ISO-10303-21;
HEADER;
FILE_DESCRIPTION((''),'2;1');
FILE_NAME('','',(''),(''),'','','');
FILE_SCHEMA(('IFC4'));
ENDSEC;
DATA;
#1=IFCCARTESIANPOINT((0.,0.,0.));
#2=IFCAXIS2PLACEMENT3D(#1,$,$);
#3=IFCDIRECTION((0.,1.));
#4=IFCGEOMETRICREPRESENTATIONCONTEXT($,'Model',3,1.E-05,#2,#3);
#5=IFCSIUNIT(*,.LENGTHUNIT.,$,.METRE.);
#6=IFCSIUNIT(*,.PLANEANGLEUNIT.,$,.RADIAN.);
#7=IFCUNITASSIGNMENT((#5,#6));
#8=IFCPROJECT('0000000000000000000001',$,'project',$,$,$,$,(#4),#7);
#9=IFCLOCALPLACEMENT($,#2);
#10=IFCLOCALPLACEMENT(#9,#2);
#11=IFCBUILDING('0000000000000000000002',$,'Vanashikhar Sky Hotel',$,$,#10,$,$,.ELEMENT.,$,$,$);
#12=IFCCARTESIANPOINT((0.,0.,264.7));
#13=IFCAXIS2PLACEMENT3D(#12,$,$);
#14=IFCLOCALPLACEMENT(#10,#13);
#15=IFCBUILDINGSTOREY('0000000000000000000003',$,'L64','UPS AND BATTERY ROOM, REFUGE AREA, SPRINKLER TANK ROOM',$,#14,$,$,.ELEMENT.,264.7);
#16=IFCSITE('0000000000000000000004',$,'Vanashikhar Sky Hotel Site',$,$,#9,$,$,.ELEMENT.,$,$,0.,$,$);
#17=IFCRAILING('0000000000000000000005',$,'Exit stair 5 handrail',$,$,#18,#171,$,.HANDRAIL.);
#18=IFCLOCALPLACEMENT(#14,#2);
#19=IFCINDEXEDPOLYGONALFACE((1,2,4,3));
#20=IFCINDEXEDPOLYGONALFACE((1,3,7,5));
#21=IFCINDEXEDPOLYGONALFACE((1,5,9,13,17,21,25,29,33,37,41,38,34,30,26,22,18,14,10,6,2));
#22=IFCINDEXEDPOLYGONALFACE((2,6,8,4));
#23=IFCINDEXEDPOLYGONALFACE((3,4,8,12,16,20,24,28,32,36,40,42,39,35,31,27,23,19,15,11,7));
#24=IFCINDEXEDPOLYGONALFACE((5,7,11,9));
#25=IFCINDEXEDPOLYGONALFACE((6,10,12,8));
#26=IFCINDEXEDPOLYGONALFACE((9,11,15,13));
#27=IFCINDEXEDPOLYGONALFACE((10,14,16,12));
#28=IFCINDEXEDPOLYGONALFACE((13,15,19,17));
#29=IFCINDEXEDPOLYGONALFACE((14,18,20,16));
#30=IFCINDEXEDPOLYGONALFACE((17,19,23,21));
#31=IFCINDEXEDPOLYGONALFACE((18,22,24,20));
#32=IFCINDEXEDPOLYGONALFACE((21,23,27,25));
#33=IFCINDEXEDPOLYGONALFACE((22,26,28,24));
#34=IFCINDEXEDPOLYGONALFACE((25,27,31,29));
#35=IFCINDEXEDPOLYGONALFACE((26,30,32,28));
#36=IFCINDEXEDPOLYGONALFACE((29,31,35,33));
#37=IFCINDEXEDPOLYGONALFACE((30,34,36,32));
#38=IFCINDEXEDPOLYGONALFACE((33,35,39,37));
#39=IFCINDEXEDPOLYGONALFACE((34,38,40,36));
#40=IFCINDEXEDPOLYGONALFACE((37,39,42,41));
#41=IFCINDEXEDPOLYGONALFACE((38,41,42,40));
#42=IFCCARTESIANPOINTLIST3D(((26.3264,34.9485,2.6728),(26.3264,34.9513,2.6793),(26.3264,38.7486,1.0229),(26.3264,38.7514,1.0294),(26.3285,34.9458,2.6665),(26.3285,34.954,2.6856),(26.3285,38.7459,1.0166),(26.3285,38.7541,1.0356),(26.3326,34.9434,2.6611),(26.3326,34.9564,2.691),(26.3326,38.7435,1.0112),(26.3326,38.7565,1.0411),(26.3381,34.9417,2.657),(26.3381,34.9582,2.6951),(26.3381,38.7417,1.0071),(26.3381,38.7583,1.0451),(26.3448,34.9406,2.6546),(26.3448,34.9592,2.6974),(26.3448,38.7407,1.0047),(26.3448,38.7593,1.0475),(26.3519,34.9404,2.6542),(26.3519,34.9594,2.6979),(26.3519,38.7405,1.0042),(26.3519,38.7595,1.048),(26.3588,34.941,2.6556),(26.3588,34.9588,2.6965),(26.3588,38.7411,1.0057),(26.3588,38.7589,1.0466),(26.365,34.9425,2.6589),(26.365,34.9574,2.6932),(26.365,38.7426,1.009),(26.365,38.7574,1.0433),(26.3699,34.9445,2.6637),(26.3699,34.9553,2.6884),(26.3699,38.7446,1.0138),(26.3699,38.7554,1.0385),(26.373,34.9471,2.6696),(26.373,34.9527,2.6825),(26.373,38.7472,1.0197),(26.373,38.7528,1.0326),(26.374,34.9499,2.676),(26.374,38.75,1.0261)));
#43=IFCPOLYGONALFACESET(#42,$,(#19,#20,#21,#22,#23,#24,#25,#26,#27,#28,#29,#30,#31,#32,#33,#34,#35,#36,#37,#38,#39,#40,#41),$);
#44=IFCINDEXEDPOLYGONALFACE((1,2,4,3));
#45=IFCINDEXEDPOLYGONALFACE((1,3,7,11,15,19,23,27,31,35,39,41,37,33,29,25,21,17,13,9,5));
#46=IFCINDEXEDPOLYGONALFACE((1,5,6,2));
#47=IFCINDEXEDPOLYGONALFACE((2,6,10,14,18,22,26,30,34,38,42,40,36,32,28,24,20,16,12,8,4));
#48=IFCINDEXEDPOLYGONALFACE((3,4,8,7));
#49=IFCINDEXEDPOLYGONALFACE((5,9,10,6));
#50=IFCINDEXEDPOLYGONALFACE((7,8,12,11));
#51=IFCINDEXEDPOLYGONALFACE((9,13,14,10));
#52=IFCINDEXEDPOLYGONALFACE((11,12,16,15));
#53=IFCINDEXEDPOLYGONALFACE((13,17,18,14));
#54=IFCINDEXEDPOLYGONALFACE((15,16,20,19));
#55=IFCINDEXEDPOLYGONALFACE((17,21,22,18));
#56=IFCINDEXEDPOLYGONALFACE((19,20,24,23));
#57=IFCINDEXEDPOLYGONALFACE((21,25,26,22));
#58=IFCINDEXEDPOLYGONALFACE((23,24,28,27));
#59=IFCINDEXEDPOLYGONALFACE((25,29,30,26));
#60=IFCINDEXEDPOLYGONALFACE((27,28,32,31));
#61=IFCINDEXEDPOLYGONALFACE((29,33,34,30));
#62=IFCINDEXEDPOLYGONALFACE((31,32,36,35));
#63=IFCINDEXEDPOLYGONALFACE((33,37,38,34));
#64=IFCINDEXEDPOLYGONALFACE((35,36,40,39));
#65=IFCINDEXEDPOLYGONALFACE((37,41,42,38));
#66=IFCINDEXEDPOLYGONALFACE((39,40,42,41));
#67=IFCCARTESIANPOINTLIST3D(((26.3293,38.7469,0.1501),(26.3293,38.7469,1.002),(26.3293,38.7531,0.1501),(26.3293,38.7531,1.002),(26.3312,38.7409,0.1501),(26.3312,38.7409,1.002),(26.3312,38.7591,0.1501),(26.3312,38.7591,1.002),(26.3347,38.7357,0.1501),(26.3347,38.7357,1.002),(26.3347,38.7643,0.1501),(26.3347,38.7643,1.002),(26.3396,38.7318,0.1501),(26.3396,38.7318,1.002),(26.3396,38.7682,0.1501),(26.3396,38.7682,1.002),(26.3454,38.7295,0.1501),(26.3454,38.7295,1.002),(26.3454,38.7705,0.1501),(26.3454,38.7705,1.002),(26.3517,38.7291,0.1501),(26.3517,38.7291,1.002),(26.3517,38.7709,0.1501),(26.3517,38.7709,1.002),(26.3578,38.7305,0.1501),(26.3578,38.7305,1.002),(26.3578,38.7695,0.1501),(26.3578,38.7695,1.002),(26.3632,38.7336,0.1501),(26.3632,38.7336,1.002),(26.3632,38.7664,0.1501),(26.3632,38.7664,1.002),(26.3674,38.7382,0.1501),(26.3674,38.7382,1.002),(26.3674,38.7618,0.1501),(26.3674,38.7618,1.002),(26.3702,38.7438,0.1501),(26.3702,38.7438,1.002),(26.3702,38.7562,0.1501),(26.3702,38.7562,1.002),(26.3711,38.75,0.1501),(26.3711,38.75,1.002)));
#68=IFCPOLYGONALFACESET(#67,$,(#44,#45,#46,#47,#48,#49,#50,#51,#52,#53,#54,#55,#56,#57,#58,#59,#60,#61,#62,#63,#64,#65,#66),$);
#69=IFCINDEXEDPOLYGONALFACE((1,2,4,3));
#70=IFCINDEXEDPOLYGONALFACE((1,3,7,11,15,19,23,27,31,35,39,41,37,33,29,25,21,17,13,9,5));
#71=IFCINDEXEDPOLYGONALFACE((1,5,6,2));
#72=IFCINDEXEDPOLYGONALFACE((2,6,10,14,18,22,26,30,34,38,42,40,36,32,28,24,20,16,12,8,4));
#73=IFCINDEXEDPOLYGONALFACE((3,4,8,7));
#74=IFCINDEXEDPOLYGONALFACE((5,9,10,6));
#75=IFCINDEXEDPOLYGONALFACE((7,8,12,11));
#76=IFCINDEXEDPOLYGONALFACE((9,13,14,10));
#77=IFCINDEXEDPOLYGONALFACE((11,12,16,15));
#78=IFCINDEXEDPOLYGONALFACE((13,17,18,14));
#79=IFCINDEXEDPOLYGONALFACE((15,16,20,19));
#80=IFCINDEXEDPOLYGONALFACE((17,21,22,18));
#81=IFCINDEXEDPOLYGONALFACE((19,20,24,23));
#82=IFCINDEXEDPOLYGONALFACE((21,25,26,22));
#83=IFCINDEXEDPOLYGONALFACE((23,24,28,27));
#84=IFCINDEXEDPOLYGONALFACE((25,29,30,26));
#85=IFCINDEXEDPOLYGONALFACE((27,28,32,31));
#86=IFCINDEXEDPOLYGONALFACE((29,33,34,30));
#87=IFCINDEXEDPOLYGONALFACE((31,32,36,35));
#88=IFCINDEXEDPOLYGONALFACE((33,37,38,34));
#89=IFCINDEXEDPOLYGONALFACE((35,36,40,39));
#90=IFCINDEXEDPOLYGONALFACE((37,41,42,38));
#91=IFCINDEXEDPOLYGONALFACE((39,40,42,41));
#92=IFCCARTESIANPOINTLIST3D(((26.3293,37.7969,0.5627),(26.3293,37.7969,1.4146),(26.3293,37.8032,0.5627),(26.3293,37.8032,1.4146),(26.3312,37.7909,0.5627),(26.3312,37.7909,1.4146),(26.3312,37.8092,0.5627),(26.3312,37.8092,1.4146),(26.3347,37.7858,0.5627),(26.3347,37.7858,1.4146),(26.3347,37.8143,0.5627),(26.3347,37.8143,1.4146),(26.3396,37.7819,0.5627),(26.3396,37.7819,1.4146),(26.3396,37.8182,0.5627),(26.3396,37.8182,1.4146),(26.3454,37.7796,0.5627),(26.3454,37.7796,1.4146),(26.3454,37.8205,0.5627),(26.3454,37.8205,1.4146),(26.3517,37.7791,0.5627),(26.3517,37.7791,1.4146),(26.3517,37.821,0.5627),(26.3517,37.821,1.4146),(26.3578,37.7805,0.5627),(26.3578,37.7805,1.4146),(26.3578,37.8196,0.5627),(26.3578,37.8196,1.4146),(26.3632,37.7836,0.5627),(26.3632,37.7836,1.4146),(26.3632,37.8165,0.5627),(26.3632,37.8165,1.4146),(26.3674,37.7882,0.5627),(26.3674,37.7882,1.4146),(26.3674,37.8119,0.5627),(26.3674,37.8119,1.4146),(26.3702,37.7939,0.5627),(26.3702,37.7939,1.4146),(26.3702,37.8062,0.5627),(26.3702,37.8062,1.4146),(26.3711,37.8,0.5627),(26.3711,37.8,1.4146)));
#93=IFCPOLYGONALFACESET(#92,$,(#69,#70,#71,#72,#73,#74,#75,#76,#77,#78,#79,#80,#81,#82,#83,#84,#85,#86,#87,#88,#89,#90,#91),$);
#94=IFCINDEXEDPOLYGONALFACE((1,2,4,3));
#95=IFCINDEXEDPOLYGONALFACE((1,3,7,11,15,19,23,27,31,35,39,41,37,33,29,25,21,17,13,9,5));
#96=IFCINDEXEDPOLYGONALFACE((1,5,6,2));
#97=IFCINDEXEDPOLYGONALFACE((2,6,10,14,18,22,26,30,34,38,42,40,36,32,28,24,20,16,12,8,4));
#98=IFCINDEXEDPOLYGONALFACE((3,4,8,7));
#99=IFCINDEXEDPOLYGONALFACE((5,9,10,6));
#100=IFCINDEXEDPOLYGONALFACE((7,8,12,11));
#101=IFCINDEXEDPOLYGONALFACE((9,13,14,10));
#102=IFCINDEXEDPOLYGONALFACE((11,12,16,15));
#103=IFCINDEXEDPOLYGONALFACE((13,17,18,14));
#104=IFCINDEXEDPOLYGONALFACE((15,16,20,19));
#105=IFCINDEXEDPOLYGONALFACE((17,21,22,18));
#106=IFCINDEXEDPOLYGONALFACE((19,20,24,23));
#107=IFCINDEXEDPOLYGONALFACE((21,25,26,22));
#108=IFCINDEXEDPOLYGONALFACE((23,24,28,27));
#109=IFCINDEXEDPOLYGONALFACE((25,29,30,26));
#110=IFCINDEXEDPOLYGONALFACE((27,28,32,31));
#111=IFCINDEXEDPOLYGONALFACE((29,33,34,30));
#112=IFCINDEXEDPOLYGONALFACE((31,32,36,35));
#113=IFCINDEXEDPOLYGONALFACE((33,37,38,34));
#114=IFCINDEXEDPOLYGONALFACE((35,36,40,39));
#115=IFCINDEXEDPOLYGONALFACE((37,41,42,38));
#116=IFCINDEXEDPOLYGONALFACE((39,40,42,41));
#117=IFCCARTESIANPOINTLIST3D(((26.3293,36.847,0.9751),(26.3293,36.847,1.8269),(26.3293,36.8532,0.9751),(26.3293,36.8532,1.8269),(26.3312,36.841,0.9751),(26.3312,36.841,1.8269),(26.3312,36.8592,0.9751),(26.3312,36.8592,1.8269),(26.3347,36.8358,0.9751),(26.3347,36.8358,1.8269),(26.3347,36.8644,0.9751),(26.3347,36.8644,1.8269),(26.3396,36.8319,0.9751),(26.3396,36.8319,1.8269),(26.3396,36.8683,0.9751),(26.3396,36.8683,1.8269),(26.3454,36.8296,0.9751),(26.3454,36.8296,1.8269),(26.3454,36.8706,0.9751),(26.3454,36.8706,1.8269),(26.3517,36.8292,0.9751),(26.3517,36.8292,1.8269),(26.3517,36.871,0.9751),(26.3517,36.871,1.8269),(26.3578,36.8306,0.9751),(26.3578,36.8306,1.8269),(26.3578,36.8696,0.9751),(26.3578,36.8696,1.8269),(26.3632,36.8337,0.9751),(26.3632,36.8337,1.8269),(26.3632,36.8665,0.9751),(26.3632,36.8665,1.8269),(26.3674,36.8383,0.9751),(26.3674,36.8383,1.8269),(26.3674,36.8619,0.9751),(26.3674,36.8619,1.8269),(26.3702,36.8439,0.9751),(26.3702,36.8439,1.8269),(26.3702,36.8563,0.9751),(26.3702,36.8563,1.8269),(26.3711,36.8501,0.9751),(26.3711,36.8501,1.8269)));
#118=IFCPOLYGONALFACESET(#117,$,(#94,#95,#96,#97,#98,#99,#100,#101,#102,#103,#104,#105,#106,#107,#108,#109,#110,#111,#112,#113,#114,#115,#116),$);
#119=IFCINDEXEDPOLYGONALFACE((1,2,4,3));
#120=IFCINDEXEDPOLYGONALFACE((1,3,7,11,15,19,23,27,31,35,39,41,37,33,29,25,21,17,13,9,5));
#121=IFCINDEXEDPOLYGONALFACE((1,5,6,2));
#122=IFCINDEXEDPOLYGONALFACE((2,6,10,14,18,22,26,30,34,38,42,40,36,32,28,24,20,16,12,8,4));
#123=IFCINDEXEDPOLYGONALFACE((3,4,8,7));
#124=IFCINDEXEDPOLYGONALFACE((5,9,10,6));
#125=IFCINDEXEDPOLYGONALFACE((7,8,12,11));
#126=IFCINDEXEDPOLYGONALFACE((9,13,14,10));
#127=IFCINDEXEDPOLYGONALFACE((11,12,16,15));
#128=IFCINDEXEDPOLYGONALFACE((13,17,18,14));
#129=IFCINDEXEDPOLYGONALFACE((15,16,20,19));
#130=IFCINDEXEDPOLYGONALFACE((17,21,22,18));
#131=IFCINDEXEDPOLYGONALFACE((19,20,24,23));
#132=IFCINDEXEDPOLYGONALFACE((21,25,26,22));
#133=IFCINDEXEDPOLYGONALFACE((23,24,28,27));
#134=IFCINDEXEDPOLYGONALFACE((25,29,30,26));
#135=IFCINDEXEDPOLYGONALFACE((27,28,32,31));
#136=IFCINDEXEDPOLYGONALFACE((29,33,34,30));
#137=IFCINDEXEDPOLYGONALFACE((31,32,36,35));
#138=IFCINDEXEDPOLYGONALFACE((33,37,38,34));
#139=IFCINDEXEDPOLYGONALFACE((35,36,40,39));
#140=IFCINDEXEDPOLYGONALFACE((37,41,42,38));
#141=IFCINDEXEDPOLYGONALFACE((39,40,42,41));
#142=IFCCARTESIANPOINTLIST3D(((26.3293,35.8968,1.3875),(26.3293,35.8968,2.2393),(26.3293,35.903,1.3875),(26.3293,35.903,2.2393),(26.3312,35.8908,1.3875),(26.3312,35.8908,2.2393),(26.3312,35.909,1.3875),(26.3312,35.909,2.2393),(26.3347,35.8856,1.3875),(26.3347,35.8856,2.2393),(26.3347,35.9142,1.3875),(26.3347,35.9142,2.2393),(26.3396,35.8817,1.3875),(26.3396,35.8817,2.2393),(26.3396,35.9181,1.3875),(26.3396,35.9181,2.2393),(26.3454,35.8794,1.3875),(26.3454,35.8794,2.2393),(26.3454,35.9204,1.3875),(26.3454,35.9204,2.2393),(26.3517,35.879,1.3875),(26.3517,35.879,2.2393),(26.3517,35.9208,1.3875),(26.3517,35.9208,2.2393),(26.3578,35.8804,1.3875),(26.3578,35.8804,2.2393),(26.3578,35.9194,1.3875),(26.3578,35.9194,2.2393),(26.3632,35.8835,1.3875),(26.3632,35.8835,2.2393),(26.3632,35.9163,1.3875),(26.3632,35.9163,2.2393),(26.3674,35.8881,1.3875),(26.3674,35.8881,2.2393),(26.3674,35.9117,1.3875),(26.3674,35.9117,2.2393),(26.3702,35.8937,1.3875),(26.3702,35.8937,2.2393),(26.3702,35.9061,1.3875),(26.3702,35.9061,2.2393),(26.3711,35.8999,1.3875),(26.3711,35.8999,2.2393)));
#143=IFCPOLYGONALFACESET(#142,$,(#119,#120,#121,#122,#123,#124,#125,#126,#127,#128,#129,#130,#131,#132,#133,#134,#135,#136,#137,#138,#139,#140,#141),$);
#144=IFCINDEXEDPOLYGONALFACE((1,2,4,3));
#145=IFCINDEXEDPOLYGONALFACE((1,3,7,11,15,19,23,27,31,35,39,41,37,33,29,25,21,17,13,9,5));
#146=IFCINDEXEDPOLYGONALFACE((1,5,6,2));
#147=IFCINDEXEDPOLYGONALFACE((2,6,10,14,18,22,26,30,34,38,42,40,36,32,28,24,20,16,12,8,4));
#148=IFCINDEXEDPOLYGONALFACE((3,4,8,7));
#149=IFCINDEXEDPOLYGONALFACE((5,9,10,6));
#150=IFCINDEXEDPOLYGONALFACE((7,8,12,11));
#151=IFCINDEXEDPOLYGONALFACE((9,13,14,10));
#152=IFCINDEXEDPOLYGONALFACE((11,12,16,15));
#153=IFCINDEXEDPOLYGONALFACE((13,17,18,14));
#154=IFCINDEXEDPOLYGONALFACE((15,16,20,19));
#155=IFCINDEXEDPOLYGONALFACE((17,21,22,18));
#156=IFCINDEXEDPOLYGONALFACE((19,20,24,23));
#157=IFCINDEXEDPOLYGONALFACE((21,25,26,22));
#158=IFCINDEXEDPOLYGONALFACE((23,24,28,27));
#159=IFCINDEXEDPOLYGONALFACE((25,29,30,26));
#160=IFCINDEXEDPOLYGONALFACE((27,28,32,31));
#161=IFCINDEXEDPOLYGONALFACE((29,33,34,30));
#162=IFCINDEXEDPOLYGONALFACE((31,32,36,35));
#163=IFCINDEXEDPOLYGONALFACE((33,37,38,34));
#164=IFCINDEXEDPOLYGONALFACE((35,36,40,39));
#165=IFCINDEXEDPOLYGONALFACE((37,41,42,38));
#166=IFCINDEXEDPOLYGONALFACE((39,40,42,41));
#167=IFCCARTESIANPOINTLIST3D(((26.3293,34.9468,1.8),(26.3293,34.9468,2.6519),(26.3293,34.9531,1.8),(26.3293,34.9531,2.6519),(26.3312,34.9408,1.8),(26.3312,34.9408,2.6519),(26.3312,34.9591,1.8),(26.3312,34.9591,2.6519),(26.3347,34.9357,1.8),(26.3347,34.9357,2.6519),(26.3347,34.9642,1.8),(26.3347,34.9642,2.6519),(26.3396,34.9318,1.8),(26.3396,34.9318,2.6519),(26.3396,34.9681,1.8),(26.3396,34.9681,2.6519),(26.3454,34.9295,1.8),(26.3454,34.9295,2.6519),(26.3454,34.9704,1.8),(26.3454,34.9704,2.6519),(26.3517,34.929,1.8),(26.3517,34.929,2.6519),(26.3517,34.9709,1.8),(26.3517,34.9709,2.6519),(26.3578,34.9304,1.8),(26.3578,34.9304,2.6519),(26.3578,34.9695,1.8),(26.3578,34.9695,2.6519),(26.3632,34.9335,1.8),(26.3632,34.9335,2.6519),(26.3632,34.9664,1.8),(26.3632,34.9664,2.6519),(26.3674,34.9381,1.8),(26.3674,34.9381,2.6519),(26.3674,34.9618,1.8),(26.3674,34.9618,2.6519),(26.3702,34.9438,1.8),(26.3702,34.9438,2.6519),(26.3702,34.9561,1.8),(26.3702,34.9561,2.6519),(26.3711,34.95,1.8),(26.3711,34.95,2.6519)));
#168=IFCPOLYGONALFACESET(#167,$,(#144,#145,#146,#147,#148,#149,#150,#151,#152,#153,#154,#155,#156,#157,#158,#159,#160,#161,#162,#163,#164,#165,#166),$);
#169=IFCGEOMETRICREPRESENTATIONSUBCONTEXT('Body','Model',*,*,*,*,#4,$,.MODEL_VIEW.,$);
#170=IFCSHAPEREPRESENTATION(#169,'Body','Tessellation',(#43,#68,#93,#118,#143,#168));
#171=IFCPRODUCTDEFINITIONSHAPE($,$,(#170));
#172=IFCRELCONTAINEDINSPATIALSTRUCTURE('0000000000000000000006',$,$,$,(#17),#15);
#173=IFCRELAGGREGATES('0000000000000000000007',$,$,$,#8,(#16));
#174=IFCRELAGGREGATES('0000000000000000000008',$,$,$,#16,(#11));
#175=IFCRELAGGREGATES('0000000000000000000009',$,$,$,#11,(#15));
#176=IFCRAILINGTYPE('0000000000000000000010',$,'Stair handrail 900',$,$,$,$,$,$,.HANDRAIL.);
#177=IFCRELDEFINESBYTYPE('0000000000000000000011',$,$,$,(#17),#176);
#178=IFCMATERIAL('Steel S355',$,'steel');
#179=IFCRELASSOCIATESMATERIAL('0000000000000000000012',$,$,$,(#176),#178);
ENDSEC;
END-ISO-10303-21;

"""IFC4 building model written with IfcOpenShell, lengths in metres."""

from ifc_helpers import new_model, si_unit, direction, frame, origin, origin_2d, place, context, subcontext, project, spatial, circle, extrude, source, transform, mapped, material, type_object, element, save


model = new_model("IFC4")

# Units and contexts
model_context = context("Model", 3, precision=1e-05, world=origin(), true_north=direction((0.0, 1.0)))
body_context = subcontext(model_context, "Body", "Model", "MODEL_VIEW")
ifc_project = project(units=[si_unit("LENGTHUNIT", "METRE"), si_unit("PLANEANGLEUNIT", "RADIAN")], contexts=[model_context])

# Site, building, storey
site_placement = place(None, origin())
site = spatial("IfcSite", under=ifc_project, at=site_placement, Name="Vanashikhar Sky Hotel Site", CompositionType="ELEMENT", RefElevation=0.0)
building_placement = place(site_placement, origin())
building = spatial("IfcBuilding", under=site, at=building_placement, Name="Vanashikhar Sky Hotel", CompositionType="ELEMENT")
storey_placement = place(building_placement, frame((0.0, 0.0, 264.7)))
storey = spatial("IfcBuildingStorey", under=building, at=storey_placement, Name="L64", Description="UPS AND BATTERY ROOM, REFUGE AREA, SPRINKLER TANK ROOM", CompositionType="ELEMENT", Elevation=264.7)

# Railing
ifc_material_1 = material(Name="Steel S355", Category="steel")
railing_type_1 = type_object("IfcRailingType", Name="Stair handrail 900", PredefinedType="HANDRAIL", material=ifc_material_1)
shared_shape_1 = source(origin(), body_context, "Body", "SweptSolid", [
    extrude(circle(Radius=0.0239, at=origin_2d()), frame((0.0, 0.0, 0.876), z_axis=(0.0, -0.917272, 0.398261), x_axis=(1.0, 0.0, 0.0)), (0.0, 0.0, 1.0), 4.1428),
    extrude(circle(Radius=0.021, at=origin_2d()), origin(), (0.0, 0.0, 1.0), 0.8518),
    extrude(circle(Radius=0.021, at=origin_2d()), frame((0.0, -0.95, 0.4126)), (0.0, 0.0, 1.0), 0.8518),
    extrude(circle(Radius=0.021, at=origin_2d()), frame((0.0, -1.8999, 0.825)), (0.0, 0.0, 1.0), 0.8518),
    extrude(circle(Radius=0.021, at=origin_2d()), frame((0.0, -2.8501, 1.2373)), (0.0, 0.0, 1.0), 0.8518),
    extrude(circle(Radius=0.021, at=origin_2d()), frame((0.0, -3.8, 1.6499)), (0.0, 0.0, 1.0), 0.8518),
])
for number, where, name in (
    (1, (26.3501, 38.75, 0.1501), "Exit stair 5 handrail"),
):
    element("IfcRailing", number, at=place(storey_placement, frame(where)), inside=storey, type_object=railing_type_1, Name=name, PredefinedType="HANDRAIL", context=body_context, shape_type="MappedRepresentation", body=[
        mapped(shared_shape_1, transform((0.0, 0.0, 0.0), scale=1.0)),
    ])

save(model, "model.ifc")
